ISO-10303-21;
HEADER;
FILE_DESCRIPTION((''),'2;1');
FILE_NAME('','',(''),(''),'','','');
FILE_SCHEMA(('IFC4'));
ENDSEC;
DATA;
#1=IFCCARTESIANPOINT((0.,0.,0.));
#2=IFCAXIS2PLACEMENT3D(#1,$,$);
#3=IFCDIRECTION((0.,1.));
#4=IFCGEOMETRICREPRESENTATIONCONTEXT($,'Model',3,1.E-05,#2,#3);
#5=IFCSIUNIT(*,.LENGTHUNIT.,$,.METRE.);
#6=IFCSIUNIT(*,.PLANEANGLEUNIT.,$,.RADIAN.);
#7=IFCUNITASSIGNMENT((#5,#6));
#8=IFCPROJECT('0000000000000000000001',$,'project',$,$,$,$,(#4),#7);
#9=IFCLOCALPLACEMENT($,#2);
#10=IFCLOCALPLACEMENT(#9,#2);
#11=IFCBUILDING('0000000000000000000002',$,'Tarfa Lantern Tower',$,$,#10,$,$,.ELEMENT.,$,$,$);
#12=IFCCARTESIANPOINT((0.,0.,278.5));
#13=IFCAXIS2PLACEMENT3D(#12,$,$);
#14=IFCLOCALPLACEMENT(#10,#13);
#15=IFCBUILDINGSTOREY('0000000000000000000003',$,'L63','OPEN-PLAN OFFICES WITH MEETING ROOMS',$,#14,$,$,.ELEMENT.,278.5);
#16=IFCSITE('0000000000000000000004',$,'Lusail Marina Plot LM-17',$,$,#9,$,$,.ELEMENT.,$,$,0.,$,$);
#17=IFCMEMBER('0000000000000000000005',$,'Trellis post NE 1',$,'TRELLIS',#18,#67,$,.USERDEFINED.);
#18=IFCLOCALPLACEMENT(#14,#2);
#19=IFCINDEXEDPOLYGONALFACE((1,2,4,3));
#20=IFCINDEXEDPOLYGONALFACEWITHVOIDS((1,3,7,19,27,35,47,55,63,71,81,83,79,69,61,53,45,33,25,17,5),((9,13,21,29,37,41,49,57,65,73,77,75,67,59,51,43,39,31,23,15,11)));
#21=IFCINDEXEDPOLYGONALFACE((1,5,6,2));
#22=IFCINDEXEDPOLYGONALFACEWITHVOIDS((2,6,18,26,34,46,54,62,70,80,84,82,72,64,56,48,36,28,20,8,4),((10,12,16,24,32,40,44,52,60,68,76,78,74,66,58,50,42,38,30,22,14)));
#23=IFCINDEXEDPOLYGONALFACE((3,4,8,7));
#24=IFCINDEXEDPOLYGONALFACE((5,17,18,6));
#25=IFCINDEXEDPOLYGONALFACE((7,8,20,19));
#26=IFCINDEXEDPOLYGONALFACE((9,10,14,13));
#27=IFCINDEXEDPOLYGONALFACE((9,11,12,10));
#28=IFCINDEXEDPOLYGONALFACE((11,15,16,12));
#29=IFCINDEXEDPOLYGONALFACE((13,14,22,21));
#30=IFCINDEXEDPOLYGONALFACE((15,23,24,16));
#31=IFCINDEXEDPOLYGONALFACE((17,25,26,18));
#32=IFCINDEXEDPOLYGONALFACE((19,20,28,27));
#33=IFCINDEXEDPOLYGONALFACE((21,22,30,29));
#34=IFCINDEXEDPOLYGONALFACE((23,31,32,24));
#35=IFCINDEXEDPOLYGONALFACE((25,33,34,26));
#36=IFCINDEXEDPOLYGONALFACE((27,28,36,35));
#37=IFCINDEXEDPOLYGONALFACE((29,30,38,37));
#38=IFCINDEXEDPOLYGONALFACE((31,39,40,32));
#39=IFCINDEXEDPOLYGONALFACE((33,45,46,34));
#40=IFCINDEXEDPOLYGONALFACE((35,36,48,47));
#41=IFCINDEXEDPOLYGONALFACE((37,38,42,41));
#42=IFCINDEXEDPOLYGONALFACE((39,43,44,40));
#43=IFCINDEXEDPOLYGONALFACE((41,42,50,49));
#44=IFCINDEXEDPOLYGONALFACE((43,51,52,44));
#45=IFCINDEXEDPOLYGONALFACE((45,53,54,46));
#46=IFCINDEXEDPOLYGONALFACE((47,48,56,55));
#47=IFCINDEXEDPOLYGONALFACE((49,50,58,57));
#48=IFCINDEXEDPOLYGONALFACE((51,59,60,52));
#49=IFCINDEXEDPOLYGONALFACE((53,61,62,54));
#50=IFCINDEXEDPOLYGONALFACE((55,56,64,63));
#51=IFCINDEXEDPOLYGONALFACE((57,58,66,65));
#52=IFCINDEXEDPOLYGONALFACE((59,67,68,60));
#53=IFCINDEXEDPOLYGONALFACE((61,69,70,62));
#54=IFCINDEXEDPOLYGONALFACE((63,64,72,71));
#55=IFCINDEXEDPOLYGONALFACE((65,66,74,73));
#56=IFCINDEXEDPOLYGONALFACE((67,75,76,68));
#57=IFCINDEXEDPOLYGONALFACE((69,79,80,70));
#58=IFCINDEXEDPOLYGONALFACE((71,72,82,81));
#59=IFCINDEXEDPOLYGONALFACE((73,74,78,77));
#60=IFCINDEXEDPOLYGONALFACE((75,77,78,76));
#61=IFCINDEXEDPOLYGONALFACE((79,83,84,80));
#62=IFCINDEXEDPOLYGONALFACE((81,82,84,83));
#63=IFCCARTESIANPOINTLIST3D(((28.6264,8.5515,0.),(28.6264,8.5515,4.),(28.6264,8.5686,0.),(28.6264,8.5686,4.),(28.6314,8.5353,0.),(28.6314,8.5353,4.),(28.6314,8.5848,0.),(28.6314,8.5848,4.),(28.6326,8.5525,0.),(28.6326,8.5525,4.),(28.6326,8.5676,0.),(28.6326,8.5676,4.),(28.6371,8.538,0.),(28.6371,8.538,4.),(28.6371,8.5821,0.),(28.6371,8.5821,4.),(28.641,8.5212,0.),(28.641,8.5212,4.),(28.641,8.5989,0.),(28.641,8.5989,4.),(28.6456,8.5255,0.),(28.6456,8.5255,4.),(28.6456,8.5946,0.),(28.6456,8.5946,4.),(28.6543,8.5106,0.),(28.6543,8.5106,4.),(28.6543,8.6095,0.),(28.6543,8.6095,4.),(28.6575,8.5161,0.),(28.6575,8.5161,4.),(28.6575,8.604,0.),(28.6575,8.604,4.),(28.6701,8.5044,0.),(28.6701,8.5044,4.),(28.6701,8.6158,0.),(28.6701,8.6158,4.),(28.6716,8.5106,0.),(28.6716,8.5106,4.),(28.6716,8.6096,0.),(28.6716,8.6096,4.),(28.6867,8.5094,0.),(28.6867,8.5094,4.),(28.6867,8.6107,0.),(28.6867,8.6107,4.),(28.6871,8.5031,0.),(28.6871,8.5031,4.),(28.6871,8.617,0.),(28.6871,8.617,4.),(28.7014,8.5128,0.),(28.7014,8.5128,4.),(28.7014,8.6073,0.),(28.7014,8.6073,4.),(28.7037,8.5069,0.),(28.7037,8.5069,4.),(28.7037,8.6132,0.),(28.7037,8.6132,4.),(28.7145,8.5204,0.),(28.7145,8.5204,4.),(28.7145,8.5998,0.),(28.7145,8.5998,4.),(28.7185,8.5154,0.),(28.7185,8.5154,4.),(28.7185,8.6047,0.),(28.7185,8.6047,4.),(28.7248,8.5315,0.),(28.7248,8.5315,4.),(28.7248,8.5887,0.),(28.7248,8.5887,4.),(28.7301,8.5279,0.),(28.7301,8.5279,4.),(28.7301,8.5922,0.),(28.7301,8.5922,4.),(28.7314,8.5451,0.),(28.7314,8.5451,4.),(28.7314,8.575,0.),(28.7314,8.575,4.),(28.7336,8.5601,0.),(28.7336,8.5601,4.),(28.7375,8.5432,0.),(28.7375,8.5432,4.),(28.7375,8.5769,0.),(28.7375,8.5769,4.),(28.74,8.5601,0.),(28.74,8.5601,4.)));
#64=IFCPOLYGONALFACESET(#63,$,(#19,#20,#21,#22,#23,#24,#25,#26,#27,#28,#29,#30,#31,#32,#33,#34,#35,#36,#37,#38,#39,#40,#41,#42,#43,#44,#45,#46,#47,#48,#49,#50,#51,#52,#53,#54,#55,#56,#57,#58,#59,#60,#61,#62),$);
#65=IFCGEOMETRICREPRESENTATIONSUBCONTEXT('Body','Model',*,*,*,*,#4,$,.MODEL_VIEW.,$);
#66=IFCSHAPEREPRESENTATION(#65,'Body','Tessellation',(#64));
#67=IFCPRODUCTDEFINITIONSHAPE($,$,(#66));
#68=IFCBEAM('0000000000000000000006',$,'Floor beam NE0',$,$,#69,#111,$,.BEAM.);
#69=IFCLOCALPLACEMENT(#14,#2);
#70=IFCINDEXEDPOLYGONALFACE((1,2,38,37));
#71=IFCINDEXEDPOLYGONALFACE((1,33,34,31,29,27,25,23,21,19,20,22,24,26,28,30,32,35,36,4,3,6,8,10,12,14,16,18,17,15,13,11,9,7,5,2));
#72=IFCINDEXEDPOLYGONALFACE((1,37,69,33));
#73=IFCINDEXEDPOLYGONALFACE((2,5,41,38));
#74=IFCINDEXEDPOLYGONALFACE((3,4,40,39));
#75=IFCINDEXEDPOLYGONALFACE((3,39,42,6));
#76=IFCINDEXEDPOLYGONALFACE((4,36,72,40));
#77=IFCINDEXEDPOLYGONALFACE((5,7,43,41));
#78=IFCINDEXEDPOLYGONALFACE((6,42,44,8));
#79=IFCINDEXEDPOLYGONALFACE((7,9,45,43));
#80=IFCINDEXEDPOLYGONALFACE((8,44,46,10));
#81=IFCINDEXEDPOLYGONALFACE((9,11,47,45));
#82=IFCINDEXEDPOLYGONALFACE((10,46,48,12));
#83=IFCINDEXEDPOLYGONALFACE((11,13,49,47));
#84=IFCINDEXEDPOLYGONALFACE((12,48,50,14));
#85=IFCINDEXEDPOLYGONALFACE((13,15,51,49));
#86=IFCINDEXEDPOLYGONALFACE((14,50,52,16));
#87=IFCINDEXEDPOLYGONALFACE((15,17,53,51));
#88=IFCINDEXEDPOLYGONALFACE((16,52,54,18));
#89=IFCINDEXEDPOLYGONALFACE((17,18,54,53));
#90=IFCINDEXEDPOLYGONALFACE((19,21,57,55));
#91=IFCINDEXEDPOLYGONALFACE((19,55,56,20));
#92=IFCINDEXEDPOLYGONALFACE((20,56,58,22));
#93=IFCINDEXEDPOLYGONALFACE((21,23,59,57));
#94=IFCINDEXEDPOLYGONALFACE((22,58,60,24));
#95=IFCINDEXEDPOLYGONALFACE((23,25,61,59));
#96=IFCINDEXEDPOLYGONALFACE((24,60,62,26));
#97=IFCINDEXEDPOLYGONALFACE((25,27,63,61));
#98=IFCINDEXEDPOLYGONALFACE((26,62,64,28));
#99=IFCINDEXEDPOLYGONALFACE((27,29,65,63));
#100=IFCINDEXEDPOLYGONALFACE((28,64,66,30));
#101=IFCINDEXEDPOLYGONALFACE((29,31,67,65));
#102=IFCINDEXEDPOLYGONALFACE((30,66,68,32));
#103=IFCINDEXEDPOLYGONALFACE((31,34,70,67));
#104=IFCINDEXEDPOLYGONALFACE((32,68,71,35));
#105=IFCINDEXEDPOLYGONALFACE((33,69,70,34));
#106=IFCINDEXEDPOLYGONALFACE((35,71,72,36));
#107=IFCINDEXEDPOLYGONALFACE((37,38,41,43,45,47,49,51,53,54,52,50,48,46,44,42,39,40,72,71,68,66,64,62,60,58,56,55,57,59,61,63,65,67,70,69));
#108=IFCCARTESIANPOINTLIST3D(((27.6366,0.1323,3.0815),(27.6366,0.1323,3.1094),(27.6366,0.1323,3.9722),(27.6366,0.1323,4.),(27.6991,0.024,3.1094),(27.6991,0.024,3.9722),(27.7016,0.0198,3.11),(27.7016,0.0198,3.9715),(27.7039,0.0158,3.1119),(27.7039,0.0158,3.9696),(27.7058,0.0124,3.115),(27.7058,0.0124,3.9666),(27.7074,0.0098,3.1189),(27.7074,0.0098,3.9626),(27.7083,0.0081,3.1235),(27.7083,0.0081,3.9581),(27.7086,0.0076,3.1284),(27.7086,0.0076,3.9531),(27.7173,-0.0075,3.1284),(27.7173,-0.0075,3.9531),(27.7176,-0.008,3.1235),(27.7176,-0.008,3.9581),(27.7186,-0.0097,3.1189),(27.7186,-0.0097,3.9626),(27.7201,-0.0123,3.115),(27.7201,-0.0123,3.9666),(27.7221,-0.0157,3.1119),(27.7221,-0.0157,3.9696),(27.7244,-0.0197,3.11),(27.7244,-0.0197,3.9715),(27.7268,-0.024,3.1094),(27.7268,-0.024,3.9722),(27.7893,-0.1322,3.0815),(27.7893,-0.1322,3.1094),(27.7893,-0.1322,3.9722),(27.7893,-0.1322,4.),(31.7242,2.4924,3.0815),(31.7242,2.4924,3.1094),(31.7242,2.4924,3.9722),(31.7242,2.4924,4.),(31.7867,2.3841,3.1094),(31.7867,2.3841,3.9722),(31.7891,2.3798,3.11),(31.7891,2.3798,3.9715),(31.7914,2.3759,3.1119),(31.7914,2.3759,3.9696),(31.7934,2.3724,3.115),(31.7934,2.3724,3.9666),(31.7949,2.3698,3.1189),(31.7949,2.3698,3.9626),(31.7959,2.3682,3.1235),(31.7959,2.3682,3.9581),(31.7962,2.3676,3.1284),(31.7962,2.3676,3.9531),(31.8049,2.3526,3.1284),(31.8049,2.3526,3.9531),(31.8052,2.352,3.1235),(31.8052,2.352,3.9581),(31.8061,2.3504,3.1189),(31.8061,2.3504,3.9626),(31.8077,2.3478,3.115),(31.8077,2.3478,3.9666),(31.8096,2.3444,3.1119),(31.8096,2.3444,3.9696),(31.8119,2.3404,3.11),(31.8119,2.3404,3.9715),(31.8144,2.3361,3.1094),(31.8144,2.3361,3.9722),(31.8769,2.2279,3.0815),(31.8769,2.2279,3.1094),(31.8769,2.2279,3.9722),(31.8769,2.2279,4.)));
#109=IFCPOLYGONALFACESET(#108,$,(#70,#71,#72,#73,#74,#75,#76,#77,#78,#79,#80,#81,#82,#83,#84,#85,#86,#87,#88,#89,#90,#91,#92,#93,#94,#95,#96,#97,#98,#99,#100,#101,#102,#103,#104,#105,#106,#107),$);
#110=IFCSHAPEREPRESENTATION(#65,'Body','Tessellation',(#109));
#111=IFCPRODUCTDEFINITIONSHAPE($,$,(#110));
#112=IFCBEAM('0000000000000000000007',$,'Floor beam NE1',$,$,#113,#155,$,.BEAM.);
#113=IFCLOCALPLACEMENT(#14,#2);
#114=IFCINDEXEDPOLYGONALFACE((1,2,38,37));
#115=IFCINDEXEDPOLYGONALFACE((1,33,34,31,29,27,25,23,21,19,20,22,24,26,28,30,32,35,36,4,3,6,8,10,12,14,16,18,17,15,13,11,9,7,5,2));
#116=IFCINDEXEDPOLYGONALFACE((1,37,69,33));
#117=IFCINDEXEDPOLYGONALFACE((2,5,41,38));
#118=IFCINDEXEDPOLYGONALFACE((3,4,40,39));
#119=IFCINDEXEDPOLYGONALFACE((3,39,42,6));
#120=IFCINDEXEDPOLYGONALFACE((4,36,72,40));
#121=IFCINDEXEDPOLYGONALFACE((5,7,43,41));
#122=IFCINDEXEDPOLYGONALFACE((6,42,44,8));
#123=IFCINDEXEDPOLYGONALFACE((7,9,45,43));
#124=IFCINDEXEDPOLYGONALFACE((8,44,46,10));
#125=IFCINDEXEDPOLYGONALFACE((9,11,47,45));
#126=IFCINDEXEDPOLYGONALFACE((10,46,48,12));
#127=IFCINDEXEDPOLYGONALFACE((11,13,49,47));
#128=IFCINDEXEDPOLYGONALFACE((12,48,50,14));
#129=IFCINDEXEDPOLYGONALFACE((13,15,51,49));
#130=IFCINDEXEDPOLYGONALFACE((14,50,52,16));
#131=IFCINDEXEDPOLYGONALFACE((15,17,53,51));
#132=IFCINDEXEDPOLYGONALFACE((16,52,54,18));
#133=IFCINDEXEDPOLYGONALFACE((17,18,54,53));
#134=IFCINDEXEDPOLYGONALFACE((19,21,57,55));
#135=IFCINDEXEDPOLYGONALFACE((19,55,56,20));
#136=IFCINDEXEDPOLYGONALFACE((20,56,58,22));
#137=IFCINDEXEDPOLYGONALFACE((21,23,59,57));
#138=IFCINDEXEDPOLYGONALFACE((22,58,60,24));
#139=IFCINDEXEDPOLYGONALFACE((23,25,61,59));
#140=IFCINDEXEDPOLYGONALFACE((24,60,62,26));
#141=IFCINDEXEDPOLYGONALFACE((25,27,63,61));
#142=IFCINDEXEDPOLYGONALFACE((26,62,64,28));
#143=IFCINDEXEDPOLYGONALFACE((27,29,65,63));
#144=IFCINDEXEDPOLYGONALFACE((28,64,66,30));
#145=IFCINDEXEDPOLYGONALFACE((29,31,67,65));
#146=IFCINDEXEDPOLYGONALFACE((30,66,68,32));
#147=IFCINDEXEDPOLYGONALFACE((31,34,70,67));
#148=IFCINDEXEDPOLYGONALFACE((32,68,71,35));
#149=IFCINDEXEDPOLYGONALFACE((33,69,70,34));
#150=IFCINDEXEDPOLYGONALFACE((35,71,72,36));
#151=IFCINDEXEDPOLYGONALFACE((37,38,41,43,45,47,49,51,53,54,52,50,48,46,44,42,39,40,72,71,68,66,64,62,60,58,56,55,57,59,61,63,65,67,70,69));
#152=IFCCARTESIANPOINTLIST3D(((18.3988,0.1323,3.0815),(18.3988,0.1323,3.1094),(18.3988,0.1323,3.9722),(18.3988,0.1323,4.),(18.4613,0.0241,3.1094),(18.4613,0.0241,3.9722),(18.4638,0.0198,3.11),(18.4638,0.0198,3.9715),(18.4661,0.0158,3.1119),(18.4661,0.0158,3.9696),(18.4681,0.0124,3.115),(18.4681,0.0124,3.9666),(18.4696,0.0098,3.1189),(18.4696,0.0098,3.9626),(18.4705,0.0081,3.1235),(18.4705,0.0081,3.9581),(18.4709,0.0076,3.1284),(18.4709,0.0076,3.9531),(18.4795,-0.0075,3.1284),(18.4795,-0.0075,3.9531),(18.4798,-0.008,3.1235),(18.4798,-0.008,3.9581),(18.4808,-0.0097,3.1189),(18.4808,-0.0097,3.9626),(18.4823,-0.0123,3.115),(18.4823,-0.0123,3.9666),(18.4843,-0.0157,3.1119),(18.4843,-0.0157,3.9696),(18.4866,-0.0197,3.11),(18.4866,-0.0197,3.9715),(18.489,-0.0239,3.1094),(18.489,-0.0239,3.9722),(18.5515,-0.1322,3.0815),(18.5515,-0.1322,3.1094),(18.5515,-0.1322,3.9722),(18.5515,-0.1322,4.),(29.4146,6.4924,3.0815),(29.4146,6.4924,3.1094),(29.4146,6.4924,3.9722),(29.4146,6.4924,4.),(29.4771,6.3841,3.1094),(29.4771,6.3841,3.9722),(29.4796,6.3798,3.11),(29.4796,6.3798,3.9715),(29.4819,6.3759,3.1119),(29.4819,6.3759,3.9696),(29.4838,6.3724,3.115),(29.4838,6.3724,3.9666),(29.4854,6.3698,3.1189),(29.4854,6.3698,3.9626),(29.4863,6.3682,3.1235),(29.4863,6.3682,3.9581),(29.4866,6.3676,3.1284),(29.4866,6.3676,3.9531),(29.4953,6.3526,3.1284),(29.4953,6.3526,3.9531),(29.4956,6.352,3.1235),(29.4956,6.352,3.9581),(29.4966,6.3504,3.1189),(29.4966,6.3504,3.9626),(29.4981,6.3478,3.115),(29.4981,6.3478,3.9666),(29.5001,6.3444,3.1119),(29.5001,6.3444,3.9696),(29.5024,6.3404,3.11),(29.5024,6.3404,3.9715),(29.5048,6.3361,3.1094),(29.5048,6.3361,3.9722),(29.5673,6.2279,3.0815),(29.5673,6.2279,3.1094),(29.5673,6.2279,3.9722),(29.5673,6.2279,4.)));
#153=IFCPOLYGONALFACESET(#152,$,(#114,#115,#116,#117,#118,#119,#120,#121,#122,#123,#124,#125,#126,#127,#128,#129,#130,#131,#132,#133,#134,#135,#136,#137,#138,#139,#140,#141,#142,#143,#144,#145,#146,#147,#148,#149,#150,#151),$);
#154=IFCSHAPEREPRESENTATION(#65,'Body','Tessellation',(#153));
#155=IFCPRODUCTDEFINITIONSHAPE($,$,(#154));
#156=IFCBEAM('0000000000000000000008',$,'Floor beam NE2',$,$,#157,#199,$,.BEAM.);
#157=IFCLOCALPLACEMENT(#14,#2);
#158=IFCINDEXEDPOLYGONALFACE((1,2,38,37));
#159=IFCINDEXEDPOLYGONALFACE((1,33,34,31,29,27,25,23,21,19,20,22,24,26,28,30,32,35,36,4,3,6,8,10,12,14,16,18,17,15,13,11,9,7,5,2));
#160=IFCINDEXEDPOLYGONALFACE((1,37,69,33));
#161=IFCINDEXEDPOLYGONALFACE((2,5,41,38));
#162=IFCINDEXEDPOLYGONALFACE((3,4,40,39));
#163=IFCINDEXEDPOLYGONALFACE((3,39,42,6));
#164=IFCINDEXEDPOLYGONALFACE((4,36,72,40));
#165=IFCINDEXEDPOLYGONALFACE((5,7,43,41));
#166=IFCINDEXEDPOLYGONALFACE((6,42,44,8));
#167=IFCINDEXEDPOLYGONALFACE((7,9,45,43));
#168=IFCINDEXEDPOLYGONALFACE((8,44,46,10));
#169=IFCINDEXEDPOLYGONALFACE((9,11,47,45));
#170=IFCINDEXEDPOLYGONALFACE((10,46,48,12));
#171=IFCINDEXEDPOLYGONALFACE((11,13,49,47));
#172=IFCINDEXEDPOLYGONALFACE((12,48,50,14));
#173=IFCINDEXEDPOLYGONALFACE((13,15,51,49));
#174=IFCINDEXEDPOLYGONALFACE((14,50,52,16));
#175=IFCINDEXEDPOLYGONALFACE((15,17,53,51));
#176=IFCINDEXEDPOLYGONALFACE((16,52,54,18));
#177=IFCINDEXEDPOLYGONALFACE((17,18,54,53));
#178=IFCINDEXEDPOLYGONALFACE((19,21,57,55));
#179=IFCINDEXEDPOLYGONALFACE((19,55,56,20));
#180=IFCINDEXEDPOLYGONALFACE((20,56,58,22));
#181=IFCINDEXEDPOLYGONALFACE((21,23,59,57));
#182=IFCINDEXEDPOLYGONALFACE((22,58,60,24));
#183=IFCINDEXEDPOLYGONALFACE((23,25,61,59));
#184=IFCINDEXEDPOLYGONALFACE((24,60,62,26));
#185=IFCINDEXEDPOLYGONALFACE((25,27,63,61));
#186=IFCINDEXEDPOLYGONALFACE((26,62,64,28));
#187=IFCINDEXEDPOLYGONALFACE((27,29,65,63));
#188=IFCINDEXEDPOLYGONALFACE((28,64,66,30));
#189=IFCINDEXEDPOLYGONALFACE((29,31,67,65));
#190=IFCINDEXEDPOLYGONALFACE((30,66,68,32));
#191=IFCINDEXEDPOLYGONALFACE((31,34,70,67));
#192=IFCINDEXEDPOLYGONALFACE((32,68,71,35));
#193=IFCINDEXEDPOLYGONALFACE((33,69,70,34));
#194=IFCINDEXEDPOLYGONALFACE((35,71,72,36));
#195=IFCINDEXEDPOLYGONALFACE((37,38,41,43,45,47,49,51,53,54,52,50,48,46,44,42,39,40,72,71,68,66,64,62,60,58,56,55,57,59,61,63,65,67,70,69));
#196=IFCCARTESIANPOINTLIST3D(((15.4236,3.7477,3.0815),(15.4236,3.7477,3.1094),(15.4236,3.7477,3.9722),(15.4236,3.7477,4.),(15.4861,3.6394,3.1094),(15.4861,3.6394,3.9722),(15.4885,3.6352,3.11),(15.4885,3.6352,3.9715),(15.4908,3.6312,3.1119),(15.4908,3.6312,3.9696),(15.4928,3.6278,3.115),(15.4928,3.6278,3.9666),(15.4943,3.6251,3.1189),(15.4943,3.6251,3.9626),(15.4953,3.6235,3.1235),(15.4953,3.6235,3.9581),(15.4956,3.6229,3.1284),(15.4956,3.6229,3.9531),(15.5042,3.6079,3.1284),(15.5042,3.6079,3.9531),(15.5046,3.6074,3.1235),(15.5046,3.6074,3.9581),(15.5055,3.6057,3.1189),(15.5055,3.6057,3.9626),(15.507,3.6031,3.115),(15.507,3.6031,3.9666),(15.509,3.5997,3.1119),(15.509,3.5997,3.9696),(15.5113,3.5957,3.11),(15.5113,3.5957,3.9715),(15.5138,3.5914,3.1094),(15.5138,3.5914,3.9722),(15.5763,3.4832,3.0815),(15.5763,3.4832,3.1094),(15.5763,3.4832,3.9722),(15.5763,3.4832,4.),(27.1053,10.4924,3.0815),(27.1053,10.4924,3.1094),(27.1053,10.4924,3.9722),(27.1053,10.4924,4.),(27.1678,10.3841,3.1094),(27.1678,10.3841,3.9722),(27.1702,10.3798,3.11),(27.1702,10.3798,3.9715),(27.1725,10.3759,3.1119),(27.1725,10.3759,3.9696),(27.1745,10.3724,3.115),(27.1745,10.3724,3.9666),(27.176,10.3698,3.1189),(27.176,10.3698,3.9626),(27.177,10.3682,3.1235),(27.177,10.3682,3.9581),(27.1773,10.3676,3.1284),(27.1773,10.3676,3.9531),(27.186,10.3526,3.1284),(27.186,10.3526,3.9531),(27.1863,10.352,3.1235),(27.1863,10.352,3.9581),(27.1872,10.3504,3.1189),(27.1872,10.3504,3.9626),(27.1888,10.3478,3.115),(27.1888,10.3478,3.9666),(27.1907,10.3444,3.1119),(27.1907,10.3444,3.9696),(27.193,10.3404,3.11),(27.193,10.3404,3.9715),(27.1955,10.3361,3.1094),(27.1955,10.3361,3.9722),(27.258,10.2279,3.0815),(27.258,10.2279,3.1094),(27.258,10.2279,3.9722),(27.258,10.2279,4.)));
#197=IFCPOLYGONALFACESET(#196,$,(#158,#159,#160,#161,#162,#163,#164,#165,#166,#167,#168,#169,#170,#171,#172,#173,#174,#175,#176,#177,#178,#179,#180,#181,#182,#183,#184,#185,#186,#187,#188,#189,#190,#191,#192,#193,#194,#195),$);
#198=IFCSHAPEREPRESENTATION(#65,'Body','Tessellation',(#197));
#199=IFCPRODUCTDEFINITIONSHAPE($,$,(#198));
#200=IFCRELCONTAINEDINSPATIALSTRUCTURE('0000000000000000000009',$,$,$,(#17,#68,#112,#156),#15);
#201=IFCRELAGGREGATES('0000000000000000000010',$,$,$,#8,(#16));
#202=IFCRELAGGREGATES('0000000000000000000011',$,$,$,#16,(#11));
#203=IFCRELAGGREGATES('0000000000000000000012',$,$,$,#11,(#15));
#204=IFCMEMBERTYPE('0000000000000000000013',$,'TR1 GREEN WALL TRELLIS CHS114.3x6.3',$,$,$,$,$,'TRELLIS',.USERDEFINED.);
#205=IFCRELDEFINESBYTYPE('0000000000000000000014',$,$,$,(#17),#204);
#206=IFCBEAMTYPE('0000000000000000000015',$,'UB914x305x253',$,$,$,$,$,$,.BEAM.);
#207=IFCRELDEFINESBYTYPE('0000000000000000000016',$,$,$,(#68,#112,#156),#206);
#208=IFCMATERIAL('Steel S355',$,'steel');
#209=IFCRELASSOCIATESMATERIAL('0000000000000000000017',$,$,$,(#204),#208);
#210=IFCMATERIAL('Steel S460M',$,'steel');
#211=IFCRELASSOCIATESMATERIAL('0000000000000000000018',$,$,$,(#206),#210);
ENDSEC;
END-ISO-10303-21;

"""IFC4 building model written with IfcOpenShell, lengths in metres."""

from ifc_helpers import new_model, si_unit, direction, frame, origin, origin_2d, place, context, subcontext, project, spatial, hollow_circle, i_section, extrude, material, material_profile, profile_set, type_object, element, save


model = new_model("IFC4")

# Units and contexts
model_context = context("Model", 3, precision=1e-05, world=origin(), true_north=direction((0.0, 1.0)))
body_context = subcontext(model_context, "Body", "Model", "MODEL_VIEW")
ifc_project = project(units=[si_unit("LENGTHUNIT", "METRE"), si_unit("PLANEANGLEUNIT", "RADIAN")], contexts=[model_context])

# Site, building, storey
site_placement = place(None, origin())
site = spatial("IfcSite", under=ifc_project, at=site_placement, Name="Lusail Marina Plot LM-17", CompositionType="ELEMENT", RefElevation=0.0)
building_placement = place(site_placement, origin())
building = spatial("IfcBuilding", under=site, at=building_placement, Name="Tarfa Lantern Tower", CompositionType="ELEMENT")
storey_placement = place(building_placement, frame((0.0, 0.0, 278.5)))
storey = spatial("IfcBuildingStorey", under=building, at=storey_placement, Name="L63", Description="OPEN-PLAN OFFICES WITH MEETING ROOMS", CompositionType="ELEMENT", Elevation=278.5)

# Member
ifc_material_1 = material(Name="Steel S355", Category="steel")
ifc_material_profile_1 = material_profile(ifc_material_1, hollow_circle(Radius=0.0571, WallThickness=0.0063, at=origin_2d()), Name="CHS114.3x6.3")
ifc_profile_set_1 = profile_set([ifc_material_profile_1], Name="Steel S355")
member_type_1 = type_object("IfcMemberType", Name="TR1 GREEN WALL TRELLIS CHS114.3x6.3", ElementType="TRELLIS", PredefinedType="USERDEFINED", material=ifc_profile_set_1)
member_1_placement = place(storey_placement, frame((28.6829, 8.5601, 0.0), z_axis=(0.0, 0.0, 1.0), x_axis=(1.0, 0.0, 0.0)))
element("IfcMember", 1, at=member_1_placement, inside=storey, type_object=member_type_1, Name="Trellis post NE 1", ObjectType="TRELLIS", PredefinedType="USERDEFINED", context=body_context, shape_type="SweptSolid", body=[
    extrude(hollow_circle(Radius=0.0571, WallThickness=0.0063, at=origin_2d()), origin(), (0.0, 0.0, 1.0), 4.0),
])

# Beams
ifc_material_2 = material(Name="Steel S460M", Category="steel")
ifc_material_profile_2 = material_profile(ifc_material_2, i_section(OverallWidth=0.3054, OverallDepth=0.9185, WebThickness=0.0173, FlangeThickness=0.0278, FilletRadius=0.019, at=origin_2d()), Name="UB914x305x253")
ifc_profile_set_2 = profile_set([ifc_material_profile_2], Name="Steel S460M")
beam_type_1 = type_object("IfcBeamType", Name="UB914x305x253", PredefinedType="BEAM", material=ifc_profile_set_2)
beam_1_placement = place(storey_placement, frame((31.8005, 2.3601, 3.5408), z_axis=(-0.866016, -0.500016, 0.0), x_axis=(0.500016, -0.866016, 0.0)))
element("IfcBeam", 2, at=beam_1_placement, inside=storey, type_object=beam_type_1, Name="Floor beam NE0", PredefinedType="BEAM", context=body_context, shape_type="SweptSolid", body=[
    extrude(i_section(OverallWidth=0.3054, OverallDepth=0.9185, WebThickness=0.0173, FlangeThickness=0.0278, FilletRadius=0.019, at=origin_2d()), origin(), (0.0, 0.0, 1.0), 4.72),
])
beam_2_placement = place(storey_placement, frame((29.491, 6.3601, 3.5408), z_axis=(-0.866022, -0.500005, 0.0), x_axis=(0.500005, -0.866022, 0.0)))
element("IfcBeam", 3, at=beam_2_placement, inside=storey, type_object=beam_type_1, Name="Floor beam NE1", PredefinedType="BEAM", context=body_context, shape_type="SweptSolid", body=[
    extrude(i_section(OverallWidth=0.3054, OverallDepth=0.9185, WebThickness=0.0173, FlangeThickness=0.0278, FilletRadius=0.019, at=origin_2d()), origin(), (0.0, 0.0, 1.0), 12.72),
])
beam_3_placement = place(storey_placement, frame((27.1816, 10.3601, 3.5408), z_axis=(-0.866018, -0.500013, 0.0), x_axis=(0.500013, -0.866018, 0.0)))
element("IfcBeam", 4, at=beam_3_placement, inside=storey, type_object=beam_type_1, Name="Floor beam NE2", PredefinedType="BEAM", context=body_context, shape_type="SweptSolid", body=[
    extrude(i_section(OverallWidth=0.3054, OverallDepth=0.9185, WebThickness=0.0173, FlangeThickness=0.0278, FilletRadius=0.019, at=origin_2d()), origin(), (0.0, 0.0, 1.0), 13.489),
])

save(model, "model.ifc")
